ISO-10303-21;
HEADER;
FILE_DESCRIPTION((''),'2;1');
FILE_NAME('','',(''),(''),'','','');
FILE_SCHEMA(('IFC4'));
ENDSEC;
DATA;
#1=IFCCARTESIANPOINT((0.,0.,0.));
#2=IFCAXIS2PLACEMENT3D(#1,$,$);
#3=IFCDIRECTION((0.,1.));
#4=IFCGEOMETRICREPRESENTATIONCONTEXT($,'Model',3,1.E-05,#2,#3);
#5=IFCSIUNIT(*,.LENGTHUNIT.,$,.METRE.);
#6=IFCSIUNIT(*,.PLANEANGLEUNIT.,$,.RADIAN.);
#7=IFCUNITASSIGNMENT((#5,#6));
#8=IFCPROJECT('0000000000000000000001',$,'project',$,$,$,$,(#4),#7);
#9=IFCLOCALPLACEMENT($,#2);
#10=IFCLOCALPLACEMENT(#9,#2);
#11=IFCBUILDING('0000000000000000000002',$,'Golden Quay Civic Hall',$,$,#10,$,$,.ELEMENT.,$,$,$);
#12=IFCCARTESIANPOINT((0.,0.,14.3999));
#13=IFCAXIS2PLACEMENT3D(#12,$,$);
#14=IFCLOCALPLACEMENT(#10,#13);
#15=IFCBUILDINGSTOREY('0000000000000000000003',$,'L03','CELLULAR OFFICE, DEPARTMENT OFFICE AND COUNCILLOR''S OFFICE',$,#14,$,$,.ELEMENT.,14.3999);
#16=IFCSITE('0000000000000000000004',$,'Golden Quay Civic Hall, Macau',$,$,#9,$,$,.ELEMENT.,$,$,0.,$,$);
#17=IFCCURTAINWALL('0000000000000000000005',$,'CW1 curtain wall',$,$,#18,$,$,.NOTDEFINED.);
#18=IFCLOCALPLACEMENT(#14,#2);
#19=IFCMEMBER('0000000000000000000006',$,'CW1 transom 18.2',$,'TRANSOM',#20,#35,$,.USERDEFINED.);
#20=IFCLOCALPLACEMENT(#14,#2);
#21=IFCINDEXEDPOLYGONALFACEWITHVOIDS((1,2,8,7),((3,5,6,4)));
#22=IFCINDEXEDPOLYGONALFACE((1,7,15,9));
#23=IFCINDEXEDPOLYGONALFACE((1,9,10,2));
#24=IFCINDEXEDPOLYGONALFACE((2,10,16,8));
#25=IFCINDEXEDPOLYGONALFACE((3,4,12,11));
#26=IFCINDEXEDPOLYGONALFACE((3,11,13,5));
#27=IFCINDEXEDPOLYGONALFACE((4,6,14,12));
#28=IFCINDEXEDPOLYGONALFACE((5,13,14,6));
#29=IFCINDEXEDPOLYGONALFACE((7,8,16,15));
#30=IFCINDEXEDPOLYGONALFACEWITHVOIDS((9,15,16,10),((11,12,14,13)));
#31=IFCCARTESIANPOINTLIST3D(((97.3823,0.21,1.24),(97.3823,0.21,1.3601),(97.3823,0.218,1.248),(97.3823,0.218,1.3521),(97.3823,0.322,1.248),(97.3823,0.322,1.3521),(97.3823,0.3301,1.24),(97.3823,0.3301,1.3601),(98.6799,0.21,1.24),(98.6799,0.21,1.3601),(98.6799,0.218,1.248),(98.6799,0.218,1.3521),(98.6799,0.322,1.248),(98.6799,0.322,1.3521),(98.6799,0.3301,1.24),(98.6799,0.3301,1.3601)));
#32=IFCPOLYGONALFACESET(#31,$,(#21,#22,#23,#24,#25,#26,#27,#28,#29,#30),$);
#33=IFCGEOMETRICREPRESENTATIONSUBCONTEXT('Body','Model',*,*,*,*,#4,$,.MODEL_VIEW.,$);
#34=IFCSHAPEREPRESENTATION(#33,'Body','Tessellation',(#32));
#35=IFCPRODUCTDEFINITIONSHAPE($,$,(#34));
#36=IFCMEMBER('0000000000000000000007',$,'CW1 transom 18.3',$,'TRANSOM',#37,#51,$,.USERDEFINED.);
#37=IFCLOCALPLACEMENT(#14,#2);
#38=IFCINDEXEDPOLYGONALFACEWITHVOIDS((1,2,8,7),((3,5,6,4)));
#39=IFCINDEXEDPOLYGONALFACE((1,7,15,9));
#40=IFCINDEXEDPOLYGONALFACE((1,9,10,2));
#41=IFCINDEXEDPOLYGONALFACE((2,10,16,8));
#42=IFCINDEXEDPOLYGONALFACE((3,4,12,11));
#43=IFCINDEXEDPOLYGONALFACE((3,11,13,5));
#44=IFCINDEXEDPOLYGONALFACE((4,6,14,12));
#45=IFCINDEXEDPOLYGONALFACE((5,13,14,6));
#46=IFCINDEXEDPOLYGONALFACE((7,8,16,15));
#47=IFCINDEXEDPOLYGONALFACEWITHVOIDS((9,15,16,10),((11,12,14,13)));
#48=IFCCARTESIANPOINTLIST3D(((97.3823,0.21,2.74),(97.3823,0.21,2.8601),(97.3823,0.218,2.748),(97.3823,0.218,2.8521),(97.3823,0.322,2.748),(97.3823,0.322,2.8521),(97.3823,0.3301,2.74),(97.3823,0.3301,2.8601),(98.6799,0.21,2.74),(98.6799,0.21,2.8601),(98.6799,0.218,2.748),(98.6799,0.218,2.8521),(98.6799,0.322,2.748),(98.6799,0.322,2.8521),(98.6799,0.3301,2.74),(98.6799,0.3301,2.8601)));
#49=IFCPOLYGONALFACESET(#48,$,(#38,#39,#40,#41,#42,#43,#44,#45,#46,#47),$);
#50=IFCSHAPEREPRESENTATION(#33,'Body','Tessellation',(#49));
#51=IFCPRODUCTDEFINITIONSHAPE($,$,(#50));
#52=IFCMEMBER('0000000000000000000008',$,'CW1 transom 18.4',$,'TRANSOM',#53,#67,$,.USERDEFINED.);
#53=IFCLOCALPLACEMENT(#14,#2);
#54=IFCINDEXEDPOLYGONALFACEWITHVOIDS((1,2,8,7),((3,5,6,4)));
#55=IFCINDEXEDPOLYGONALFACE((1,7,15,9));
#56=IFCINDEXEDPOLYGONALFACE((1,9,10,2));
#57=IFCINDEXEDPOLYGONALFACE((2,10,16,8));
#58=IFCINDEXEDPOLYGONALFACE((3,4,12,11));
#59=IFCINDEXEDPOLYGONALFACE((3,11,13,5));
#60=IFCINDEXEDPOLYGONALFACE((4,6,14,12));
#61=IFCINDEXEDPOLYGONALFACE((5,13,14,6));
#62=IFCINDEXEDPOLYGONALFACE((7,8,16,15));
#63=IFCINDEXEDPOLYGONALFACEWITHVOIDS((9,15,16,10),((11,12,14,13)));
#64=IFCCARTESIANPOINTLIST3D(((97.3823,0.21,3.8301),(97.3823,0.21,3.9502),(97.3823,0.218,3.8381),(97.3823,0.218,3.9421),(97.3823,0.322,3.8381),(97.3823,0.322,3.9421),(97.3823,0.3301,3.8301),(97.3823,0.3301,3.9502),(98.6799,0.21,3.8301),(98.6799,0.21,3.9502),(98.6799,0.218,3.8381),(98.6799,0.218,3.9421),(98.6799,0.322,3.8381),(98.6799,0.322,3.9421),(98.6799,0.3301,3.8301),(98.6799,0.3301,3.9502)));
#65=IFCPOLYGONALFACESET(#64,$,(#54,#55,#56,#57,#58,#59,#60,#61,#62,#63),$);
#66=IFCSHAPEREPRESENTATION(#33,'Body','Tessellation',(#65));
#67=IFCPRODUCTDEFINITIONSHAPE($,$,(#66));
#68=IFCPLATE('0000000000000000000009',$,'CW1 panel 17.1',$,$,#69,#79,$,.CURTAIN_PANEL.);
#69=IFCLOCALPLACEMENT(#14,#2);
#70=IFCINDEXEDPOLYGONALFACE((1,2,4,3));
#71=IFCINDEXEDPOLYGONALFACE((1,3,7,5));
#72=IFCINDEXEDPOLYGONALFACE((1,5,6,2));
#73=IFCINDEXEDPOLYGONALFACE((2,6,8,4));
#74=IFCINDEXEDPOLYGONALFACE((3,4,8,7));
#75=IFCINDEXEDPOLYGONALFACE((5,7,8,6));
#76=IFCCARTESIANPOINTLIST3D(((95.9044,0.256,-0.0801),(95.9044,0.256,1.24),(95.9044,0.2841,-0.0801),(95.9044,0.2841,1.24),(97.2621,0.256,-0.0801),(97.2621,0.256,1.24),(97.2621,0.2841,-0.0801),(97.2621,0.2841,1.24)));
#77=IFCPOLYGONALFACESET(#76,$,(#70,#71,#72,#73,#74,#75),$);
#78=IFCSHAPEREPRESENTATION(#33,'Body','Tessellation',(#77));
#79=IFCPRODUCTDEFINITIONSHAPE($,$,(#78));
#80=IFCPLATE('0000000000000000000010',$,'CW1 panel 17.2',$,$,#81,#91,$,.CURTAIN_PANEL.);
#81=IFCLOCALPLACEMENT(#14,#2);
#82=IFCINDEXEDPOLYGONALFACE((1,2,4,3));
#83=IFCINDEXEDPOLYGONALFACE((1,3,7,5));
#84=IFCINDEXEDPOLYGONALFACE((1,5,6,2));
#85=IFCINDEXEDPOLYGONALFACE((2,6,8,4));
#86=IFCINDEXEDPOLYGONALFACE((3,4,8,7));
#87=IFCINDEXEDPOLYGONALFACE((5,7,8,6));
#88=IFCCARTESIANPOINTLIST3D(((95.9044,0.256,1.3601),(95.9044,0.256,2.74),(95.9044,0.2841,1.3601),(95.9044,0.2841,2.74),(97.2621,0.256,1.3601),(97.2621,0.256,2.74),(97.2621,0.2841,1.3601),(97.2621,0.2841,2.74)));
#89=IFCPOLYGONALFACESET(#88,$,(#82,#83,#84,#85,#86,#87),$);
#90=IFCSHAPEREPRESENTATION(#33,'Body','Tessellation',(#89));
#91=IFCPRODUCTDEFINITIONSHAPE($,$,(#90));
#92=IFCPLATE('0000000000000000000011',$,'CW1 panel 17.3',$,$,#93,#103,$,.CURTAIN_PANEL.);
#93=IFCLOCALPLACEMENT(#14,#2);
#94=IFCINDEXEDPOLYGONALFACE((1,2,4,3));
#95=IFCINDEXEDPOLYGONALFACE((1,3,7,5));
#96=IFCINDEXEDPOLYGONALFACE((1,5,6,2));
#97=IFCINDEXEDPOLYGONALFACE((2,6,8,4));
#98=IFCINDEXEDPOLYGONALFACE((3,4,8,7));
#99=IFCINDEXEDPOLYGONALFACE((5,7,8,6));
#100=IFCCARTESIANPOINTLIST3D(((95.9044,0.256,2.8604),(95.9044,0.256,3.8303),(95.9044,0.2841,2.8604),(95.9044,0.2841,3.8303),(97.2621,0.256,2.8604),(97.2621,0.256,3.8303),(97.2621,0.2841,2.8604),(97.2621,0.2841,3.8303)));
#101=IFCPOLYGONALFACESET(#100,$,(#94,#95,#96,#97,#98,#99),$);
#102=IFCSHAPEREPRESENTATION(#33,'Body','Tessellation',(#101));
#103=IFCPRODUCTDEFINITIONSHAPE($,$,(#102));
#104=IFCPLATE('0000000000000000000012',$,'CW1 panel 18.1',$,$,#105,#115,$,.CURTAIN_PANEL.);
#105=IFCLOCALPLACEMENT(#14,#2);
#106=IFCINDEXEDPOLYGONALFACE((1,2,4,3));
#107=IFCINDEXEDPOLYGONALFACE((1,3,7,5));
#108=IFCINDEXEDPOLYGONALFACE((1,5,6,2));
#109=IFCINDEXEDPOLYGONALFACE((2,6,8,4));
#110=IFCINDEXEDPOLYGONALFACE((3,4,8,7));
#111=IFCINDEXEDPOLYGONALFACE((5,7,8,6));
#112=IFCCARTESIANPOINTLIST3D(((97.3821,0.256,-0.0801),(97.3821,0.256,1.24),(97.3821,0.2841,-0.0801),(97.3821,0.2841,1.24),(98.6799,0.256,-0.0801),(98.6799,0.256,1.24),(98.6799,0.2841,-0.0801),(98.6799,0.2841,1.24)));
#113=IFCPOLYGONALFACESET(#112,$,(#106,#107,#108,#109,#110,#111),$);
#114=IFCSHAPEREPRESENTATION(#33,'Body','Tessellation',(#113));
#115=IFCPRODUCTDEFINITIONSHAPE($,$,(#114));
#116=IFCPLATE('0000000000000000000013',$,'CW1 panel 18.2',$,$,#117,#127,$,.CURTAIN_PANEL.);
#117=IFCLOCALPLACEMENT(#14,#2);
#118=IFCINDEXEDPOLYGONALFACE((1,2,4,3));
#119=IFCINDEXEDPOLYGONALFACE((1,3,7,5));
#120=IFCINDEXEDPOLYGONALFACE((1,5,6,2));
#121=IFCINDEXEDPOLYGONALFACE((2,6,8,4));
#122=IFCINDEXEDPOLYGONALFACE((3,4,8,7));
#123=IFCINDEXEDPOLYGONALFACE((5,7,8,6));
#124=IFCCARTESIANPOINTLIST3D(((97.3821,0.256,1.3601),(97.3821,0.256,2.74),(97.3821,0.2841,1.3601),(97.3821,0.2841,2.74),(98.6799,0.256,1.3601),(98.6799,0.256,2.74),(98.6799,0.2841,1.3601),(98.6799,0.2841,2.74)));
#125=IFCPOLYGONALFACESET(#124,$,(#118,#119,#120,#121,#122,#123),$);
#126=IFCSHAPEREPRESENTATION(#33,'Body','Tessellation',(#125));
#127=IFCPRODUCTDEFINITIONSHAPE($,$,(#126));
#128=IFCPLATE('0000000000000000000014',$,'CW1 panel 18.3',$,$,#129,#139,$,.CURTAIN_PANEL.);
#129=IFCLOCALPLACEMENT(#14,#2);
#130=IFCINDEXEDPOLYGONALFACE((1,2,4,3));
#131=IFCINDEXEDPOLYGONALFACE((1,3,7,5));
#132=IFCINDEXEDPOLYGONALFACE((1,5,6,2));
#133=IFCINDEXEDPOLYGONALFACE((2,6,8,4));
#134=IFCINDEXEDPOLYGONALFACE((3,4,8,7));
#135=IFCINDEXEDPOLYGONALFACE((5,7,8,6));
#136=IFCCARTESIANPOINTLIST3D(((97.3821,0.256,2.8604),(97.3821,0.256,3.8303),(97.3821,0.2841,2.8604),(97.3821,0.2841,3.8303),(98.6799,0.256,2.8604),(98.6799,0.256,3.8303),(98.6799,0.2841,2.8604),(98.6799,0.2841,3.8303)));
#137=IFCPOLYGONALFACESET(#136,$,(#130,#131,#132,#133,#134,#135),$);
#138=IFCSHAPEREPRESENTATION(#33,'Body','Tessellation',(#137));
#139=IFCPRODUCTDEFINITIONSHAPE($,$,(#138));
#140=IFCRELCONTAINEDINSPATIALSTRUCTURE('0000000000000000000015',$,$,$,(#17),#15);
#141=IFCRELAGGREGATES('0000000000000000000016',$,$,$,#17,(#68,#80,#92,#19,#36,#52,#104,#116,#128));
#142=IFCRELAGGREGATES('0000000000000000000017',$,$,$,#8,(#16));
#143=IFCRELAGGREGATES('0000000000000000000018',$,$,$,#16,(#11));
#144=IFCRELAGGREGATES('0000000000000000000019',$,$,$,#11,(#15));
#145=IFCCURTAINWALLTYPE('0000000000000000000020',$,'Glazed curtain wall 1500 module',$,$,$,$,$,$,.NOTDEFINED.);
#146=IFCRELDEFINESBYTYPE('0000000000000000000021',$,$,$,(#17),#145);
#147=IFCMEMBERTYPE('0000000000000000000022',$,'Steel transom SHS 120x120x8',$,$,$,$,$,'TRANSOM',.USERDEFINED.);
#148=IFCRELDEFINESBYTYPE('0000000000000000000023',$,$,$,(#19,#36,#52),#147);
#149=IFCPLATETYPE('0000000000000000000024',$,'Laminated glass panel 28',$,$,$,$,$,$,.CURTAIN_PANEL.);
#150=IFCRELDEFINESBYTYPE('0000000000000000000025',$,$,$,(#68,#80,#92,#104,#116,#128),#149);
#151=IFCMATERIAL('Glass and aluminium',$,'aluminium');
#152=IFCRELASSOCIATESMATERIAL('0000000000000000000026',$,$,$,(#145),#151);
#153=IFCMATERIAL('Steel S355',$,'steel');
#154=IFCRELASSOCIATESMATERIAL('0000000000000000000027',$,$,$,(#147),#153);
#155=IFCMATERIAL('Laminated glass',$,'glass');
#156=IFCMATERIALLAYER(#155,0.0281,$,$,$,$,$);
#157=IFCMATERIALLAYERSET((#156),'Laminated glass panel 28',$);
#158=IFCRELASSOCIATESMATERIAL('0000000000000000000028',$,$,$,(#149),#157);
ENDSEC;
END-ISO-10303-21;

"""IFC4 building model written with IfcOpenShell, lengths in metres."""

from ifc_helpers import new_model, si_unit, direction, frame, origin, origin_2d, place, context, subcontext, project, spatial, rectangle, hollow_rectangle, extrude, material, layer, layer_set, material_profile, profile_set, type_object, element, aggregate, save


model = new_model("IFC4")

# Units and contexts
model_context = context("Model", 3, precision=1e-05, world=origin(), true_north=direction((0.0, 1.0)))
body_context = subcontext(model_context, "Body", "Model", "MODEL_VIEW")
ifc_project = project(units=[si_unit("LENGTHUNIT", "METRE"), si_unit("PLANEANGLEUNIT", "RADIAN")], contexts=[model_context])

# Site, building, storey
site_placement = place(None, origin())
site = spatial("IfcSite", under=ifc_project, at=site_placement, Name="Golden Quay Civic Hall, Macau", CompositionType="ELEMENT", RefElevation=0.0)
building_placement = place(site_placement, origin())
building = spatial("IfcBuilding", under=site, at=building_placement, Name="Golden Quay Civic Hall", CompositionType="ELEMENT")
storey_placement = place(building_placement, frame((0.0, 0.0, 14.3999)))
storey = spatial("IfcBuildingStorey", under=building, at=storey_placement, Name="L03", Description="CELLULAR OFFICE, DEPARTMENT OFFICE AND COUNCILLOR'S OFFICE", CompositionType="ELEMENT", Elevation=14.3999)

# Curtain wall, members, plates
ifc_material_1 = material(Name="Glass and aluminium", Category="aluminium")
curtain_wall_type = type_object("IfcCurtainWallType", Name="Glazed curtain wall 1500 module", PredefinedType="NOTDEFINED", material=ifc_material_1)
curtain_wall_placement = place(storey_placement, origin())
curtain_wall = element("IfcCurtainWall", 1, at=curtain_wall_placement, inside=storey, type_object=curtain_wall_type, Name="CW1 curtain wall", PredefinedType="NOTDEFINED")
ifc_material_2 = material(Name="Steel S355", Category="steel")
ifc_material_profile_1 = material_profile(ifc_material_2, hollow_rectangle(XDim=0.1201, YDim=0.1201, WallThickness=0.0081, at=origin_2d()), Name="SHS 120x120x8")
ifc_profile_set_1 = profile_set([ifc_material_profile_1], Name="Steel S355")
member_type_1 = type_object("IfcMemberType", Name="Steel transom SHS 120x120x8", ElementType="TRANSOM", PredefinedType="USERDEFINED", material=ifc_profile_set_1)
member_1_placement = place(storey_placement, frame((97.3823, 0.27, 1.3), z_axis=(1.0, 0.0, 0.0), x_axis=(0.0, 1.0, 0.0)))
member_1 = element("IfcMember", 2, at=member_1_placement, type_object=member_type_1, Name="CW1 transom 18.2", ObjectType="TRANSOM", PredefinedType="USERDEFINED", context=body_context, shape_type="SweptSolid", body=[
    extrude(hollow_rectangle(XDim=0.1201, YDim=0.1201, WallThickness=0.0081, at=origin_2d()), origin(), (0.0, 0.0, 1.0), 1.2976),
])
member_2_placement = place(storey_placement, frame((97.3823, 0.27, 2.8), z_axis=(1.0, 0.0, 0.0), x_axis=(0.0, 1.0, 0.0)))
member_2 = element("IfcMember", 3, at=member_2_placement, type_object=member_type_1, Name="CW1 transom 18.3", ObjectType="TRANSOM", PredefinedType="USERDEFINED", context=body_context, shape_type="SweptSolid", body=[
    extrude(hollow_rectangle(XDim=0.1201, YDim=0.1201, WallThickness=0.0081, at=origin_2d()), origin(), (0.0, 0.0, 1.0), 1.2976),
])
member_3_placement = place(storey_placement, frame((97.3823, 0.27, 3.8901), z_axis=(1.0, 0.0, 0.0), x_axis=(0.0, 1.0, 0.0)))
member_3 = element("IfcMember", 4, at=member_3_placement, type_object=member_type_1, Name="CW1 transom 18.4", ObjectType="TRANSOM", PredefinedType="USERDEFINED", context=body_context, shape_type="SweptSolid", body=[
    extrude(hollow_rectangle(XDim=0.1201, YDim=0.1201, WallThickness=0.0081, at=origin_2d()), origin(), (0.0, 0.0, 1.0), 1.2976),
])
ifc_material_3 = material(Name="Laminated glass", Category="glass")
ifc_layer_1 = layer(ifc_material_3, 0.0281)
ifc_layer_set_1 = layer_set([ifc_layer_1], Name="Laminated glass panel 28")
plate_type = type_object("IfcPlateType", Name="Laminated glass panel 28", PredefinedType="CURTAIN_PANEL", material=ifc_layer_set_1)
plate_1_placement = place(storey_placement, frame((96.5833, 0.27, -0.0801), z_axis=(0.0, 0.0, 1.0), x_axis=(1.0, 0.0, 0.0)))
plate_1 = element("IfcPlate", 5, at=plate_1_placement, type_object=plate_type, Name="CW1 panel 17.1", PredefinedType="CURTAIN_PANEL", context=body_context, shape_type="SweptSolid", body=[
    extrude(rectangle(XDim=1.3577, YDim=0.0281, at=origin_2d()), origin(), (0.0, 0.0, 1.0), 1.3201),
])
plate_2_placement = place(storey_placement, frame((96.5833, 0.27, 1.3601), z_axis=(0.0, 0.0, 1.0), x_axis=(1.0, 0.0, 0.0)))
plate_2 = element("IfcPlate", 6, at=plate_2_placement, type_object=plate_type, Name="CW1 panel 17.2", PredefinedType="CURTAIN_PANEL", context=body_context, shape_type="SweptSolid", body=[
    extrude(rectangle(XDim=1.3577, YDim=0.0281, at=origin_2d()), origin(), (0.0, 0.0, 1.0), 1.3799),
])
plate_3_placement = place(storey_placement, frame((96.5833, 0.27, 2.8604), z_axis=(0.0, 0.0, 1.0), x_axis=(1.0, 0.0, 0.0)))
plate_3 = element("IfcPlate", 7, at=plate_3_placement, type_object=plate_type, Name="CW1 panel 17.3", PredefinedType="CURTAIN_PANEL", context=body_context, shape_type="SweptSolid", body=[
    extrude(rectangle(XDim=1.3577, YDim=0.0281, at=origin_2d()), origin(), (0.0, 0.0, 1.0), 0.97),
])
plate_4_placement = place(storey_placement, frame((98.031, 0.27, -0.0801), z_axis=(0.0, 0.0, 1.0), x_axis=(1.0, 0.0, 0.0)))
plate_4 = element("IfcPlate", 8, at=plate_4_placement, type_object=plate_type, Name="CW1 panel 18.1", PredefinedType="CURTAIN_PANEL", context=body_context, shape_type="SweptSolid", body=[
    extrude(rectangle(XDim=1.2979, YDim=0.0281, at=origin_2d()), origin(), (0.0, 0.0, 1.0), 1.3201),
])
plate_5_placement = place(storey_placement, frame((98.031, 0.27, 1.3601), z_axis=(0.0, 0.0, 1.0), x_axis=(1.0, 0.0, 0.0)))
plate_5 = element("IfcPlate", 9, at=plate_5_placement, type_object=plate_type, Name="CW1 panel 18.2", PredefinedType="CURTAIN_PANEL", context=body_context, shape_type="SweptSolid", body=[
    extrude(rectangle(XDim=1.2979, YDim=0.0281, at=origin_2d()), origin(), (0.0, 0.0, 1.0), 1.3799),
])
plate_6_placement = place(storey_placement, frame((98.031, 0.27, 2.8604), z_axis=(0.0, 0.0, 1.0), x_axis=(1.0, 0.0, 0.0)))
plate_6 = element("IfcPlate", 10, at=plate_6_placement, type_object=plate_type, Name="CW1 panel 18.3", PredefinedType="CURTAIN_PANEL", context=body_context, shape_type="SweptSolid", body=[
    extrude(rectangle(XDim=1.2979, YDim=0.0281, at=origin_2d()), origin(), (0.0, 0.0, 1.0), 0.97),
])
aggregate(curtain_wall, [plate_1, plate_2, plate_3, member_1, member_2, member_3, plate_4, plate_5, plate_6])

save(model, "model.ifc")
